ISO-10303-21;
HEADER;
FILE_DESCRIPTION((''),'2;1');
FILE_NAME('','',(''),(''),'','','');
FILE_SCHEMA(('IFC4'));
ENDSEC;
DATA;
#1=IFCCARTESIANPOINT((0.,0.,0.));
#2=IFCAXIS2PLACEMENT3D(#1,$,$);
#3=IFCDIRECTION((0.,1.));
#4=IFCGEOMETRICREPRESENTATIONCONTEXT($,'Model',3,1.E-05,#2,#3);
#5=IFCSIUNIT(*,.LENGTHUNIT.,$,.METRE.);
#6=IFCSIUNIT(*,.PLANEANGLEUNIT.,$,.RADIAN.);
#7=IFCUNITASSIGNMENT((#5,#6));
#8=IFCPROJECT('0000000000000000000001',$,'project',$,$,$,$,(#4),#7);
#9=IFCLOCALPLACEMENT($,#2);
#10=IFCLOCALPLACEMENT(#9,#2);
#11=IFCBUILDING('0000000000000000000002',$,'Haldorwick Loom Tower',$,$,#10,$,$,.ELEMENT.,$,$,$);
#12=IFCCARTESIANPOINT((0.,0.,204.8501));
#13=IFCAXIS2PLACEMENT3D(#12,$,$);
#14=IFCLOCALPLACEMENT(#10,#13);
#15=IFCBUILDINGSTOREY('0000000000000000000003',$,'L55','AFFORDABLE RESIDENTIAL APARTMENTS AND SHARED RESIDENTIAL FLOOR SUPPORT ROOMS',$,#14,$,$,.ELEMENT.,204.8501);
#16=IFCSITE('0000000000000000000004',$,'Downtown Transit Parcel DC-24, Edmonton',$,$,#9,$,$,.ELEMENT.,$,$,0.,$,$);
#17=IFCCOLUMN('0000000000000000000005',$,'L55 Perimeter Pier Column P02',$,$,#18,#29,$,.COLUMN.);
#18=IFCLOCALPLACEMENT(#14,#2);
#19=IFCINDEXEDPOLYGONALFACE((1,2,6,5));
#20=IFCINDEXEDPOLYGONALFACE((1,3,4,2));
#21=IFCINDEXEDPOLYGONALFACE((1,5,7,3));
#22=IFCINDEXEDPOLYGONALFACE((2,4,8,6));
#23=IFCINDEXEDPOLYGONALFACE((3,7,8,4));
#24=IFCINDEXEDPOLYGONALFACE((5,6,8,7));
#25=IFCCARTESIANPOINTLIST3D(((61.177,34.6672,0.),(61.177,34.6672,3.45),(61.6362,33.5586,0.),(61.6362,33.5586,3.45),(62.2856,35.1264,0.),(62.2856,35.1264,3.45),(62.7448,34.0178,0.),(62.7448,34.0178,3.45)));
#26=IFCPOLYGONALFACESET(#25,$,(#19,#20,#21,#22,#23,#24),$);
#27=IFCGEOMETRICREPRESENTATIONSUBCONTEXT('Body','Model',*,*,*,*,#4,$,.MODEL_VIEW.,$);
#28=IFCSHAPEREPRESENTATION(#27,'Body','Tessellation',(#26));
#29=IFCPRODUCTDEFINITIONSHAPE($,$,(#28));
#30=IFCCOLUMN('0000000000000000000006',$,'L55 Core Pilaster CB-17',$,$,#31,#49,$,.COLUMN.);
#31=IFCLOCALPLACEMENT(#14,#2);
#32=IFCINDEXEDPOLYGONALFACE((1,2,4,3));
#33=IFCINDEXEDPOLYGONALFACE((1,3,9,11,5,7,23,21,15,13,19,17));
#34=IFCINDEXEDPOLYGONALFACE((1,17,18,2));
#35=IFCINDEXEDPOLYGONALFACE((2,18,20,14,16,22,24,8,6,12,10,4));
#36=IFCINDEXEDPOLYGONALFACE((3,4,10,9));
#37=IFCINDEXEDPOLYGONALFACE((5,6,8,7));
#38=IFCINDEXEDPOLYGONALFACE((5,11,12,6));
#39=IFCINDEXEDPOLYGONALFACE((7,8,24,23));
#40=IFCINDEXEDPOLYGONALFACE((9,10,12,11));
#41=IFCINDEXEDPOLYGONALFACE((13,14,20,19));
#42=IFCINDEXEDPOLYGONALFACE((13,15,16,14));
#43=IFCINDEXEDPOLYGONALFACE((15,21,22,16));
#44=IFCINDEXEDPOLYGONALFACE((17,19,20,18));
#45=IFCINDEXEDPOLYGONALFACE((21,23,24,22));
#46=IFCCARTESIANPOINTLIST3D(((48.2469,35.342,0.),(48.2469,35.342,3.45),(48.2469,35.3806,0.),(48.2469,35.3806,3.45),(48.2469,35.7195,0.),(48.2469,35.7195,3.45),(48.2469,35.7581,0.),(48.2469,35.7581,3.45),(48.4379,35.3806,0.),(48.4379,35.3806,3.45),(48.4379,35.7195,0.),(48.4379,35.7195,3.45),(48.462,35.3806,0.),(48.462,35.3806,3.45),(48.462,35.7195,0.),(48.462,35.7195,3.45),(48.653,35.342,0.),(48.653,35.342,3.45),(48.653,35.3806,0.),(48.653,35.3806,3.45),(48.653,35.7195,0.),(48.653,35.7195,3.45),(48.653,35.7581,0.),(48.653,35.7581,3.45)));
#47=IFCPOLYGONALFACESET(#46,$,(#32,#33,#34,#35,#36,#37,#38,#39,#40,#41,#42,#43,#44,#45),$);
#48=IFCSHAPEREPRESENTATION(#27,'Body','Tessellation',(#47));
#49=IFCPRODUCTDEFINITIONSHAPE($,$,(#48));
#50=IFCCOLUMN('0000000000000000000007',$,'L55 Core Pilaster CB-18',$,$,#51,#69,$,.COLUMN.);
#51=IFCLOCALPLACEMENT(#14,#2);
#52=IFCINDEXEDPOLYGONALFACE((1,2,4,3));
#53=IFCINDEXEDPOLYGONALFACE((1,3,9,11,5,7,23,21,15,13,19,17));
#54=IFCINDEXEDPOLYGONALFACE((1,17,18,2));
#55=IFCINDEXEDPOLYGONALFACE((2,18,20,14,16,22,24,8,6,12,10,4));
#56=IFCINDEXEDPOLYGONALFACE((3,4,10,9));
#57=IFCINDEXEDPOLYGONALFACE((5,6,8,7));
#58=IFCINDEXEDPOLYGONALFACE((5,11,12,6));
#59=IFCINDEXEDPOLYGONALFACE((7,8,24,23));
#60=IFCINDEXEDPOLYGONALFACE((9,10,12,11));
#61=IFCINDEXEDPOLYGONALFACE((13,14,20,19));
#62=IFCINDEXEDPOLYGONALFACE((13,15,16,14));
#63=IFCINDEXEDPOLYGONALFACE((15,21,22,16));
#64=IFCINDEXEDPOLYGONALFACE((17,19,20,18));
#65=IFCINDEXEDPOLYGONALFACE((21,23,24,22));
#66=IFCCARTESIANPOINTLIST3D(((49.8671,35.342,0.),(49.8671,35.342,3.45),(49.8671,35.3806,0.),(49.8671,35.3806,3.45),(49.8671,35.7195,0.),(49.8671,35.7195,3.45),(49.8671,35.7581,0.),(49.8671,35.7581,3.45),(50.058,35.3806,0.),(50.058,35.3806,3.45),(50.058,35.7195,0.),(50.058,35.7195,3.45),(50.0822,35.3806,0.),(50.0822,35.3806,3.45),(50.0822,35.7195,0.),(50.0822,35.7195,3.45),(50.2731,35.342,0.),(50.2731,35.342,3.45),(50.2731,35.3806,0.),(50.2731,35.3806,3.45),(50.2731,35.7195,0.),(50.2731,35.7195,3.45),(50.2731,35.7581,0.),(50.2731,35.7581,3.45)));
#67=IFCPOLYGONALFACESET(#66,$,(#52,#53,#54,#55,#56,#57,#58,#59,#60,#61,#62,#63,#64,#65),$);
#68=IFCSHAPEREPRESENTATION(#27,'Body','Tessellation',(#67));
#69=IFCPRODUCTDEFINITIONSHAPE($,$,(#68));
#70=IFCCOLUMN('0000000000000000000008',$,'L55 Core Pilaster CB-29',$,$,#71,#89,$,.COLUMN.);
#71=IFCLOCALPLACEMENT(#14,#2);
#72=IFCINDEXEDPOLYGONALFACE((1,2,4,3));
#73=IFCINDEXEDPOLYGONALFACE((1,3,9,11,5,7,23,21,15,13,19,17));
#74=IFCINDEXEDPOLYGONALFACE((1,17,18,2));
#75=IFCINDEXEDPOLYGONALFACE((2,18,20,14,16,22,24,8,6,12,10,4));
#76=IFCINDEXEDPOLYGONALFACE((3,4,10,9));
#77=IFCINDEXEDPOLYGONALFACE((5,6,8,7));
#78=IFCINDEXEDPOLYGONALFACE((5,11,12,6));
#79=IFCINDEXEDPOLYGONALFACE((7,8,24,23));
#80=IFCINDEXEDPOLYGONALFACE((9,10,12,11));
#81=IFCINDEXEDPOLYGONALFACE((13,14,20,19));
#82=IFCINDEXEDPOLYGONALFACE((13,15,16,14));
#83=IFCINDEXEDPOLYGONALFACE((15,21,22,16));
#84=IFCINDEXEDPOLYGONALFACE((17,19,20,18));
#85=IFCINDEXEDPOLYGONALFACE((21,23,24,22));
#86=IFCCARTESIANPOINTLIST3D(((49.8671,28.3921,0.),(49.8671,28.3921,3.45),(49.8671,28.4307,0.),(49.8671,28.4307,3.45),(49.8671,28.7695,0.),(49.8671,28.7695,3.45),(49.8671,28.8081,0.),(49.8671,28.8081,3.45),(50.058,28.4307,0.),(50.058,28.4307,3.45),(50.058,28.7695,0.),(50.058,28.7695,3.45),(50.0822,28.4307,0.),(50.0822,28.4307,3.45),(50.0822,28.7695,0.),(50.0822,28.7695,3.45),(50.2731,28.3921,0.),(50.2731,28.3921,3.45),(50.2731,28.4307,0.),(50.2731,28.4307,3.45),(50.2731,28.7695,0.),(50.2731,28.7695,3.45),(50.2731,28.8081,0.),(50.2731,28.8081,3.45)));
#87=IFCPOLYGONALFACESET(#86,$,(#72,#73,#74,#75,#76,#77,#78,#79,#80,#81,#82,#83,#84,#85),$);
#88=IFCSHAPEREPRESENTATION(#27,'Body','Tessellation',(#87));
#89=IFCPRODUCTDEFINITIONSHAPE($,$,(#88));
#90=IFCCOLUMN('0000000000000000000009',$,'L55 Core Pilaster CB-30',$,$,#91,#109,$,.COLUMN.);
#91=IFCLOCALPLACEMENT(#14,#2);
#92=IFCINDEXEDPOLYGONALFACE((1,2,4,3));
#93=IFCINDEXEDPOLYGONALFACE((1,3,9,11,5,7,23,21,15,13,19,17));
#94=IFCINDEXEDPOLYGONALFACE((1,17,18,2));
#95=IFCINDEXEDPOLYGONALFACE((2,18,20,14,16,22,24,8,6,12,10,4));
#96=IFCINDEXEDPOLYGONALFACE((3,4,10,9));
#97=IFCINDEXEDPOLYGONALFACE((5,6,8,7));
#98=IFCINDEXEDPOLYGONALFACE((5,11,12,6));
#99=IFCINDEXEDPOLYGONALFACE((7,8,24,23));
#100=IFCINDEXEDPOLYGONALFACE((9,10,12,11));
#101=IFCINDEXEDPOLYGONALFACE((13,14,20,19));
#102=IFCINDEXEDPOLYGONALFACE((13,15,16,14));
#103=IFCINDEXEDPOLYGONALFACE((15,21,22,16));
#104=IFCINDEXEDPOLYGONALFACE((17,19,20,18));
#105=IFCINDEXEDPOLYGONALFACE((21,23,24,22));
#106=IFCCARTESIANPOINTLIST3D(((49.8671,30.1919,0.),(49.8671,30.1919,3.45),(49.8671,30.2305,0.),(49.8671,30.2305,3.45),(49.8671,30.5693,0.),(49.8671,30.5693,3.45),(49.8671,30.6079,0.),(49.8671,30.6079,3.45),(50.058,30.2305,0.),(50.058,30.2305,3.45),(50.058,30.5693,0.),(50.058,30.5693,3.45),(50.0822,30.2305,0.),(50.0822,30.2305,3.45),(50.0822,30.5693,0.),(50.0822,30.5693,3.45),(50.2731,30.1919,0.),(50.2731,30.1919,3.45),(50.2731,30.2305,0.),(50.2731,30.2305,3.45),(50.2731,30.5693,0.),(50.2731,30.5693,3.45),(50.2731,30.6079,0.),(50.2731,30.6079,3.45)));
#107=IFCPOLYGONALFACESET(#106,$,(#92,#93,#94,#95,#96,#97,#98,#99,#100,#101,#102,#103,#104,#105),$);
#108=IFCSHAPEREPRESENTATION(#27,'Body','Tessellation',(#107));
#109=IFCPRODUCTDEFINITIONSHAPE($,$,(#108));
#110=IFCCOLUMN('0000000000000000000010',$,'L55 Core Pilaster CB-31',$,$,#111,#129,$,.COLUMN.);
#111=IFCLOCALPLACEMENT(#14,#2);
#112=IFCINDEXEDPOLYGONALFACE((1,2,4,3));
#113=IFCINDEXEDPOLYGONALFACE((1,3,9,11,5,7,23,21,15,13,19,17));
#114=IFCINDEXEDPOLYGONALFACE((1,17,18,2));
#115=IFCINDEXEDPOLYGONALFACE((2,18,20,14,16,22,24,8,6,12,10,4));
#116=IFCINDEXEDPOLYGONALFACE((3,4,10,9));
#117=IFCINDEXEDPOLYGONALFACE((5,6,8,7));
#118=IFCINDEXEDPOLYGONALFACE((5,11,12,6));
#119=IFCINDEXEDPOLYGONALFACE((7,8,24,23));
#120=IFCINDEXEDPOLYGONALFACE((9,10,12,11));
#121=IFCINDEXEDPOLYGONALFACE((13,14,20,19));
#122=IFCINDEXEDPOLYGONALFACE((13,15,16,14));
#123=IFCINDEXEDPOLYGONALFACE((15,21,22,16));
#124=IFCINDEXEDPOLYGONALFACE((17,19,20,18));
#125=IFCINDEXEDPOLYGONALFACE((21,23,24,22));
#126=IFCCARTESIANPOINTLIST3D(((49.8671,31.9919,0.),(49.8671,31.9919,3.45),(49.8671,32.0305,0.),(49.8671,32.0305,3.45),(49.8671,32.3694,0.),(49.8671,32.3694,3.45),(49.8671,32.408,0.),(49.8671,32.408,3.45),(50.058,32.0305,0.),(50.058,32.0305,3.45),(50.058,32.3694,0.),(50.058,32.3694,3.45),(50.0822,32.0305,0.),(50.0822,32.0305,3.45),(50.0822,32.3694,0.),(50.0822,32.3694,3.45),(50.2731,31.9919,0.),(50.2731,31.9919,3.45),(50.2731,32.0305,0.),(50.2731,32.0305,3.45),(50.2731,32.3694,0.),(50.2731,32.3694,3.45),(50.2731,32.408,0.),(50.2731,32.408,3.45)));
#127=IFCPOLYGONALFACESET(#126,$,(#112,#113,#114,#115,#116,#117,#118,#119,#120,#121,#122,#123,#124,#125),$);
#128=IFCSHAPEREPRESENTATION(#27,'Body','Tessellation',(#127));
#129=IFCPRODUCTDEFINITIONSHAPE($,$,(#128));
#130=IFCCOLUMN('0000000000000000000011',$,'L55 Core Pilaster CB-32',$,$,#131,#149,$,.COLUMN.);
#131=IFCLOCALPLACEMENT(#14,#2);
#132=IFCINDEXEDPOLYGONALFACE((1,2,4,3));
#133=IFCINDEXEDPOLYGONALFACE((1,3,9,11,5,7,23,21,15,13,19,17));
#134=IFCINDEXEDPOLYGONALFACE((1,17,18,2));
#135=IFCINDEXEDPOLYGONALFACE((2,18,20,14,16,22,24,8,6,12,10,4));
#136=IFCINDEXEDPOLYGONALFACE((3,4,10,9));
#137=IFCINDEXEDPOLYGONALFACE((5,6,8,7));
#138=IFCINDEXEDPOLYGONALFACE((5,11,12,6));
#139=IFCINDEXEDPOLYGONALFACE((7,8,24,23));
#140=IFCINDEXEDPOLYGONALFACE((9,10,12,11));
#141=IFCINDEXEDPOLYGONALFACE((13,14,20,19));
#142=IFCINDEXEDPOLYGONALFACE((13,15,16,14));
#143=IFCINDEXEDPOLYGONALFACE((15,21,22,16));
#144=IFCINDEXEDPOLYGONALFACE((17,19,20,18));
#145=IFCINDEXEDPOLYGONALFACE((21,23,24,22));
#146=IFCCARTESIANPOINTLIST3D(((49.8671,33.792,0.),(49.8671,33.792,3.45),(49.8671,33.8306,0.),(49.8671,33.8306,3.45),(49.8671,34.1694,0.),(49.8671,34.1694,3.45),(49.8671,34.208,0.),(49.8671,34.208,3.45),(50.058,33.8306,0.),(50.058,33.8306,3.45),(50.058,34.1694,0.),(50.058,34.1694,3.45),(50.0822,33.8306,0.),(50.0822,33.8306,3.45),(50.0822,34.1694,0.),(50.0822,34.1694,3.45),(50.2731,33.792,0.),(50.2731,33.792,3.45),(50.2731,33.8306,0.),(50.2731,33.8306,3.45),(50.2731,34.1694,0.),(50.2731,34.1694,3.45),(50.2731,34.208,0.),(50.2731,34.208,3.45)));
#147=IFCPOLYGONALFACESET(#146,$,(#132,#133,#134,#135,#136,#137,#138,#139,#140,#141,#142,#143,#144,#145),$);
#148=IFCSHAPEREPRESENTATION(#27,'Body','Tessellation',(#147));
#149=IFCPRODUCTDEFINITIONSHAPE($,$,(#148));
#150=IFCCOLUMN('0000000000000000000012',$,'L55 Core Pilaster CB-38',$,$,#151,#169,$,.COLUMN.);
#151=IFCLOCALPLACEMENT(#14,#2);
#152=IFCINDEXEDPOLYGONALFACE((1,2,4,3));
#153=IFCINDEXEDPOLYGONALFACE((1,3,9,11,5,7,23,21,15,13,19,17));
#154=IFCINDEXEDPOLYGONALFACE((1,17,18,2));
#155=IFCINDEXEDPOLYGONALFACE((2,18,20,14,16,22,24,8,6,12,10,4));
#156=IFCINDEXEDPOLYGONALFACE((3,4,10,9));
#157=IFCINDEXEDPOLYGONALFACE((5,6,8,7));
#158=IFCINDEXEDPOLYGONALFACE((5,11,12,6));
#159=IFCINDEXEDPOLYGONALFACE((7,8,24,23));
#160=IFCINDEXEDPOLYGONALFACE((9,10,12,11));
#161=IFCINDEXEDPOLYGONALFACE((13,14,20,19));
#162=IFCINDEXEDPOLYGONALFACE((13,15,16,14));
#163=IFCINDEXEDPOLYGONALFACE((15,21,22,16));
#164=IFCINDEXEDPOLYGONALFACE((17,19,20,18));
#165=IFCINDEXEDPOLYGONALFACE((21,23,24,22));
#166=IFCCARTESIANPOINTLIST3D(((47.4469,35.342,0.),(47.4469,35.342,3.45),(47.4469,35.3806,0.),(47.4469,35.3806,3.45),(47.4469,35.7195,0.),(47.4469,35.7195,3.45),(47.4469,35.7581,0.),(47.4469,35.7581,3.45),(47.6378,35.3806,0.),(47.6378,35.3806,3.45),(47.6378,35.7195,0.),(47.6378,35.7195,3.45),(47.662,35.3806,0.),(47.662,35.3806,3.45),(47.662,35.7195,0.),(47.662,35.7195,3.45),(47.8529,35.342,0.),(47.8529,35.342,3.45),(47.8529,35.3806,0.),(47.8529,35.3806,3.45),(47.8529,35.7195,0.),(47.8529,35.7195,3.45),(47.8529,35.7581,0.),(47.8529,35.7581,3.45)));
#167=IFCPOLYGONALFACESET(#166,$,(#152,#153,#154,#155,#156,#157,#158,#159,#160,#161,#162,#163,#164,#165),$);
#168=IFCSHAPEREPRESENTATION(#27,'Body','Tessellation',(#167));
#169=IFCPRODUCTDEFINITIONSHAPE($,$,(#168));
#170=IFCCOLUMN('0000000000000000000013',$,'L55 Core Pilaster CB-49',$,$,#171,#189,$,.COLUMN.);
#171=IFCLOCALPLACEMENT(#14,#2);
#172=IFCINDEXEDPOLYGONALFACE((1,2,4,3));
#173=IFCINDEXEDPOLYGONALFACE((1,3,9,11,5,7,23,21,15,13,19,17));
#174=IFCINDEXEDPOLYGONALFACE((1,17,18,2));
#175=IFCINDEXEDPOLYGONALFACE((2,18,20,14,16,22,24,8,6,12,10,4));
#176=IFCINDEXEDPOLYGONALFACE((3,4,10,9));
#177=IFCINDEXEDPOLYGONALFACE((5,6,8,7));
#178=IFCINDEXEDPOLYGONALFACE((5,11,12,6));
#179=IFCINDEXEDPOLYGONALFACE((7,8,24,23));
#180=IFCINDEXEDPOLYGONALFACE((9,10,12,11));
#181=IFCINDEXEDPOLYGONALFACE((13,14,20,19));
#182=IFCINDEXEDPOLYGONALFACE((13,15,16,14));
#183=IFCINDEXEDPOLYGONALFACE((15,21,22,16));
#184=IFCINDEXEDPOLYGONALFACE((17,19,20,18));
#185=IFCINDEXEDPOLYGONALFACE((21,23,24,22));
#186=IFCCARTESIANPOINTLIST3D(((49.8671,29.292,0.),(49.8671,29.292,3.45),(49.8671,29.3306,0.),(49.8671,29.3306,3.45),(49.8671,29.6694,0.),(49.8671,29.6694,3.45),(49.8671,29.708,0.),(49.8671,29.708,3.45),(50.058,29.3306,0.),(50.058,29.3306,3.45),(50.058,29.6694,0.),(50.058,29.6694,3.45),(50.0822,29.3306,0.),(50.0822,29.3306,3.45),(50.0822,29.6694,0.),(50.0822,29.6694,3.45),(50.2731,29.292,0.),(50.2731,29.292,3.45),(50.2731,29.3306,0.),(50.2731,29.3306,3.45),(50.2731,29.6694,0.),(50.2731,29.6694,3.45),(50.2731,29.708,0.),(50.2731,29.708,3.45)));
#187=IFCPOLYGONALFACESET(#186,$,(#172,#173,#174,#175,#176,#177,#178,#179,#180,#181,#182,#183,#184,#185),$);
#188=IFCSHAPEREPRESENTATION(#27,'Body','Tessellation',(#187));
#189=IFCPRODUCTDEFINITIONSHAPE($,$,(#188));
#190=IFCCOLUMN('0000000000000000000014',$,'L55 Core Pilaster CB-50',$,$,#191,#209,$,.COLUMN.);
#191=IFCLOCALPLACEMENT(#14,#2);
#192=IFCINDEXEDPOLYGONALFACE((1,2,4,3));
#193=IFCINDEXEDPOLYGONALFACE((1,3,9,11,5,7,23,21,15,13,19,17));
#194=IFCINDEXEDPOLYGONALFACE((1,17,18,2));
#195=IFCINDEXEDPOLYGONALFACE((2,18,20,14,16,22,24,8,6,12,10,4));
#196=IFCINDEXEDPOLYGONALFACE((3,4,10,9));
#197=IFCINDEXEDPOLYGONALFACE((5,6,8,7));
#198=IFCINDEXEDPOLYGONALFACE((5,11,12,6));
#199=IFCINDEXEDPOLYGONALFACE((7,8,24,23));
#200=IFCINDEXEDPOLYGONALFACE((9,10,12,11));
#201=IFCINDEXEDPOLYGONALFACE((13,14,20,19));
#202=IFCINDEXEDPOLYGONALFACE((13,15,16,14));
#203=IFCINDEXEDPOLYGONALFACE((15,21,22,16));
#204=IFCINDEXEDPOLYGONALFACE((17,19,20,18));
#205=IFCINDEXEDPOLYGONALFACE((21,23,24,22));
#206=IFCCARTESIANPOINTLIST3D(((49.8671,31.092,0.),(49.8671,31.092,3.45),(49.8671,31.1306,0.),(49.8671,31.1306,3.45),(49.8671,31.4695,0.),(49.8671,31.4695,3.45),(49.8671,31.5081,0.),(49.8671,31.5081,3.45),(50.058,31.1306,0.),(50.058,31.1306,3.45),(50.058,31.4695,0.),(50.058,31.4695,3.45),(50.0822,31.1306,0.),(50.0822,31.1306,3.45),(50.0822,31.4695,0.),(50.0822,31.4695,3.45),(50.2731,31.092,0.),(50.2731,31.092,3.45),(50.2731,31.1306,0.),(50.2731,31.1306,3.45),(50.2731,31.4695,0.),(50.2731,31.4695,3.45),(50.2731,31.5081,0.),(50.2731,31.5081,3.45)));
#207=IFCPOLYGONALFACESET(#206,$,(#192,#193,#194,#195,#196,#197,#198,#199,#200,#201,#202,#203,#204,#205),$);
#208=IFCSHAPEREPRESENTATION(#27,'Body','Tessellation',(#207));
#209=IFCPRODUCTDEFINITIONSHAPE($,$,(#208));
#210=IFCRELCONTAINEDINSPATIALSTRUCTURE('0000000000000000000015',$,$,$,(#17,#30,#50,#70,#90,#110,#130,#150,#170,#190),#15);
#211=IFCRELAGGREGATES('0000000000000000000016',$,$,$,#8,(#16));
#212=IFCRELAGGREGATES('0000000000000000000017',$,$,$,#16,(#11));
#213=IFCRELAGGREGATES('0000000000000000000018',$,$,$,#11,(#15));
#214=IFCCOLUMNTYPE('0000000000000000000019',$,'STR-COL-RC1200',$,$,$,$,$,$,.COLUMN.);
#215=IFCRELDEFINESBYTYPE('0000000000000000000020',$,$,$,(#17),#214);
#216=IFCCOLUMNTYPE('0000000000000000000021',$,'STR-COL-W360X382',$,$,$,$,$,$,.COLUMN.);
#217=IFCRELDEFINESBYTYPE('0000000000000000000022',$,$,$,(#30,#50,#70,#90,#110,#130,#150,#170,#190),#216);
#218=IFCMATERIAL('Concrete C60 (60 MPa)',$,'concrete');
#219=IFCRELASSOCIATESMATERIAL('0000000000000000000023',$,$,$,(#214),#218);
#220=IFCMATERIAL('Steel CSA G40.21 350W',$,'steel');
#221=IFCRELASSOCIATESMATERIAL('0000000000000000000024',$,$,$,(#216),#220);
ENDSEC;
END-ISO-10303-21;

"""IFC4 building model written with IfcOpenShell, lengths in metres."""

from ifc_helpers import new_model, si_unit, direction, frame, origin, origin_2d, place, context, subcontext, project, spatial, rectangle, i_section, extrude, material, material_profile, profile_set, type_object, element, save


model = new_model("IFC4")

# Units and contexts
model_context = context("Model", 3, precision=1e-05, world=origin(), true_north=direction((0.0, 1.0)))
body_context = subcontext(model_context, "Body", "Model", "MODEL_VIEW")
ifc_project = project(units=[si_unit("LENGTHUNIT", "METRE"), si_unit("PLANEANGLEUNIT", "RADIAN")], contexts=[model_context])

# Site, building, storey
site_placement = place(None, origin())
site = spatial("IfcSite", under=ifc_project, at=site_placement, Name="Downtown Transit Parcel DC-24, Edmonton", CompositionType="ELEMENT", RefElevation=0.0)
building_placement = place(site_placement, origin())
building = spatial("IfcBuilding", under=site, at=building_placement, Name="Haldorwick Loom Tower", CompositionType="ELEMENT")
storey_placement = place(building_placement, frame((0.0, 0.0, 204.8501)))
storey = spatial("IfcBuildingStorey", under=building, at=storey_placement, Name="L55", Description="AFFORDABLE RESIDENTIAL APARTMENTS AND SHARED RESIDENTIAL FLOOR SUPPORT ROOMS", CompositionType="ELEMENT", Elevation=204.8501)

# Columns
ifc_material_1 = material(Name="Concrete C60 (60 MPa)", Category="concrete")
ifc_material_profile_1 = material_profile(ifc_material_1, rectangle(XDim=1.2, YDim=1.2, at=origin_2d()), Name="RC1200X1200", Category="concrete")
ifc_profile_set_1 = profile_set([ifc_material_profile_1], Name="Concrete C60 (60 MPa)")
column_type_1 = type_object("IfcColumnType", Name="STR-COL-RC1200", PredefinedType="COLUMN", material=ifc_profile_set_1)
column_1_placement = place(storey_placement, frame((61.9609, 34.3425, 0.0), z_axis=(0.0, 0.0, 1.0), x_axis=(0.92388, 0.382683, 0.0)))
element("IfcColumn", 1, at=column_1_placement, inside=storey, type_object=column_type_1, Name="L55 Perimeter Pier Column P02", PredefinedType="COLUMN", context=body_context, shape_type="SweptSolid", body=[
    extrude(rectangle(XDim=1.2, YDim=1.2, at=origin_2d()), origin(), (0.0, 0.0, 1.0), 3.45),
])
ifc_material_2 = material(Name="Steel CSA G40.21 350W", Category="steel")
ifc_material_profile_2 = material_profile(ifc_material_2, i_section(OverallWidth=0.406, OverallDepth=0.416, WebThickness=0.0242, FlangeThickness=0.0386, at=origin_2d()), Name="W360X382", Category="steel")
ifc_profile_set_2 = profile_set([ifc_material_profile_2], Name="Steel CSA G40.21 350W")
column_type_2 = type_object("IfcColumnType", Name="STR-COL-W360X382", PredefinedType="COLUMN", material=ifc_profile_set_2)
for number, where, z_axis, x_axis, name in (
    (2, (48.45, 35.55, 0.0), (0.0, 0.0, 1.0), (1.0, 0.0, 0.0), "L55 Core Pilaster CB-17"),
    (3, (50.0701, 35.55, 0.0), (0.0, 0.0, 1.0), (1.0, 0.0, 0.0), "L55 Core Pilaster CB-18"),
    (4, (50.0701, 28.6001, 0.0), (0.0, 0.0, 1.0), (1.0, 0.0, 0.0), "L55 Core Pilaster CB-29"),
    (5, (50.0701, 30.3999, 0.0), (0.0, 0.0, 1.0), (1.0, 0.0, 0.0), "L55 Core Pilaster CB-30"),
    (6, (50.0701, 32.2, 0.0), (0.0, 0.0, 1.0), (1.0, 0.0, 0.0), "L55 Core Pilaster CB-31"),
    (7, (50.0701, 34.0, 0.0), (0.0, 0.0, 1.0), (1.0, 0.0, 0.0), "L55 Core Pilaster CB-32"),
    (8, (47.6499, 35.55, 0.0), (0.0, 0.0, 1.0), (1.0, 0.0, 0.0), "L55 Core Pilaster CB-38"),
    (9, (50.0701, 29.5, 0.0), (0.0, 0.0, 1.0), (1.0, 0.0, 0.0), "L55 Core Pilaster CB-49"),
    (10, (50.0701, 31.3, 0.0), (0.0, 0.0, 1.0), (1.0, 0.0, 0.0), "L55 Core Pilaster CB-50"),
):
    element("IfcColumn", number, at=place(storey_placement, frame(where, z_axis=z_axis, x_axis=x_axis)), inside=storey, type_object=column_type_2, Name=name, PredefinedType="COLUMN", context=body_context, shape_type="SweptSolid", body=[
        extrude(i_section(OverallWidth=0.406, OverallDepth=0.416, WebThickness=0.0242, FlangeThickness=0.0386, at=origin_2d()), origin(), (0.0, 0.0, 1.0), 3.45),
    ])

save(model, "model.ifc")
